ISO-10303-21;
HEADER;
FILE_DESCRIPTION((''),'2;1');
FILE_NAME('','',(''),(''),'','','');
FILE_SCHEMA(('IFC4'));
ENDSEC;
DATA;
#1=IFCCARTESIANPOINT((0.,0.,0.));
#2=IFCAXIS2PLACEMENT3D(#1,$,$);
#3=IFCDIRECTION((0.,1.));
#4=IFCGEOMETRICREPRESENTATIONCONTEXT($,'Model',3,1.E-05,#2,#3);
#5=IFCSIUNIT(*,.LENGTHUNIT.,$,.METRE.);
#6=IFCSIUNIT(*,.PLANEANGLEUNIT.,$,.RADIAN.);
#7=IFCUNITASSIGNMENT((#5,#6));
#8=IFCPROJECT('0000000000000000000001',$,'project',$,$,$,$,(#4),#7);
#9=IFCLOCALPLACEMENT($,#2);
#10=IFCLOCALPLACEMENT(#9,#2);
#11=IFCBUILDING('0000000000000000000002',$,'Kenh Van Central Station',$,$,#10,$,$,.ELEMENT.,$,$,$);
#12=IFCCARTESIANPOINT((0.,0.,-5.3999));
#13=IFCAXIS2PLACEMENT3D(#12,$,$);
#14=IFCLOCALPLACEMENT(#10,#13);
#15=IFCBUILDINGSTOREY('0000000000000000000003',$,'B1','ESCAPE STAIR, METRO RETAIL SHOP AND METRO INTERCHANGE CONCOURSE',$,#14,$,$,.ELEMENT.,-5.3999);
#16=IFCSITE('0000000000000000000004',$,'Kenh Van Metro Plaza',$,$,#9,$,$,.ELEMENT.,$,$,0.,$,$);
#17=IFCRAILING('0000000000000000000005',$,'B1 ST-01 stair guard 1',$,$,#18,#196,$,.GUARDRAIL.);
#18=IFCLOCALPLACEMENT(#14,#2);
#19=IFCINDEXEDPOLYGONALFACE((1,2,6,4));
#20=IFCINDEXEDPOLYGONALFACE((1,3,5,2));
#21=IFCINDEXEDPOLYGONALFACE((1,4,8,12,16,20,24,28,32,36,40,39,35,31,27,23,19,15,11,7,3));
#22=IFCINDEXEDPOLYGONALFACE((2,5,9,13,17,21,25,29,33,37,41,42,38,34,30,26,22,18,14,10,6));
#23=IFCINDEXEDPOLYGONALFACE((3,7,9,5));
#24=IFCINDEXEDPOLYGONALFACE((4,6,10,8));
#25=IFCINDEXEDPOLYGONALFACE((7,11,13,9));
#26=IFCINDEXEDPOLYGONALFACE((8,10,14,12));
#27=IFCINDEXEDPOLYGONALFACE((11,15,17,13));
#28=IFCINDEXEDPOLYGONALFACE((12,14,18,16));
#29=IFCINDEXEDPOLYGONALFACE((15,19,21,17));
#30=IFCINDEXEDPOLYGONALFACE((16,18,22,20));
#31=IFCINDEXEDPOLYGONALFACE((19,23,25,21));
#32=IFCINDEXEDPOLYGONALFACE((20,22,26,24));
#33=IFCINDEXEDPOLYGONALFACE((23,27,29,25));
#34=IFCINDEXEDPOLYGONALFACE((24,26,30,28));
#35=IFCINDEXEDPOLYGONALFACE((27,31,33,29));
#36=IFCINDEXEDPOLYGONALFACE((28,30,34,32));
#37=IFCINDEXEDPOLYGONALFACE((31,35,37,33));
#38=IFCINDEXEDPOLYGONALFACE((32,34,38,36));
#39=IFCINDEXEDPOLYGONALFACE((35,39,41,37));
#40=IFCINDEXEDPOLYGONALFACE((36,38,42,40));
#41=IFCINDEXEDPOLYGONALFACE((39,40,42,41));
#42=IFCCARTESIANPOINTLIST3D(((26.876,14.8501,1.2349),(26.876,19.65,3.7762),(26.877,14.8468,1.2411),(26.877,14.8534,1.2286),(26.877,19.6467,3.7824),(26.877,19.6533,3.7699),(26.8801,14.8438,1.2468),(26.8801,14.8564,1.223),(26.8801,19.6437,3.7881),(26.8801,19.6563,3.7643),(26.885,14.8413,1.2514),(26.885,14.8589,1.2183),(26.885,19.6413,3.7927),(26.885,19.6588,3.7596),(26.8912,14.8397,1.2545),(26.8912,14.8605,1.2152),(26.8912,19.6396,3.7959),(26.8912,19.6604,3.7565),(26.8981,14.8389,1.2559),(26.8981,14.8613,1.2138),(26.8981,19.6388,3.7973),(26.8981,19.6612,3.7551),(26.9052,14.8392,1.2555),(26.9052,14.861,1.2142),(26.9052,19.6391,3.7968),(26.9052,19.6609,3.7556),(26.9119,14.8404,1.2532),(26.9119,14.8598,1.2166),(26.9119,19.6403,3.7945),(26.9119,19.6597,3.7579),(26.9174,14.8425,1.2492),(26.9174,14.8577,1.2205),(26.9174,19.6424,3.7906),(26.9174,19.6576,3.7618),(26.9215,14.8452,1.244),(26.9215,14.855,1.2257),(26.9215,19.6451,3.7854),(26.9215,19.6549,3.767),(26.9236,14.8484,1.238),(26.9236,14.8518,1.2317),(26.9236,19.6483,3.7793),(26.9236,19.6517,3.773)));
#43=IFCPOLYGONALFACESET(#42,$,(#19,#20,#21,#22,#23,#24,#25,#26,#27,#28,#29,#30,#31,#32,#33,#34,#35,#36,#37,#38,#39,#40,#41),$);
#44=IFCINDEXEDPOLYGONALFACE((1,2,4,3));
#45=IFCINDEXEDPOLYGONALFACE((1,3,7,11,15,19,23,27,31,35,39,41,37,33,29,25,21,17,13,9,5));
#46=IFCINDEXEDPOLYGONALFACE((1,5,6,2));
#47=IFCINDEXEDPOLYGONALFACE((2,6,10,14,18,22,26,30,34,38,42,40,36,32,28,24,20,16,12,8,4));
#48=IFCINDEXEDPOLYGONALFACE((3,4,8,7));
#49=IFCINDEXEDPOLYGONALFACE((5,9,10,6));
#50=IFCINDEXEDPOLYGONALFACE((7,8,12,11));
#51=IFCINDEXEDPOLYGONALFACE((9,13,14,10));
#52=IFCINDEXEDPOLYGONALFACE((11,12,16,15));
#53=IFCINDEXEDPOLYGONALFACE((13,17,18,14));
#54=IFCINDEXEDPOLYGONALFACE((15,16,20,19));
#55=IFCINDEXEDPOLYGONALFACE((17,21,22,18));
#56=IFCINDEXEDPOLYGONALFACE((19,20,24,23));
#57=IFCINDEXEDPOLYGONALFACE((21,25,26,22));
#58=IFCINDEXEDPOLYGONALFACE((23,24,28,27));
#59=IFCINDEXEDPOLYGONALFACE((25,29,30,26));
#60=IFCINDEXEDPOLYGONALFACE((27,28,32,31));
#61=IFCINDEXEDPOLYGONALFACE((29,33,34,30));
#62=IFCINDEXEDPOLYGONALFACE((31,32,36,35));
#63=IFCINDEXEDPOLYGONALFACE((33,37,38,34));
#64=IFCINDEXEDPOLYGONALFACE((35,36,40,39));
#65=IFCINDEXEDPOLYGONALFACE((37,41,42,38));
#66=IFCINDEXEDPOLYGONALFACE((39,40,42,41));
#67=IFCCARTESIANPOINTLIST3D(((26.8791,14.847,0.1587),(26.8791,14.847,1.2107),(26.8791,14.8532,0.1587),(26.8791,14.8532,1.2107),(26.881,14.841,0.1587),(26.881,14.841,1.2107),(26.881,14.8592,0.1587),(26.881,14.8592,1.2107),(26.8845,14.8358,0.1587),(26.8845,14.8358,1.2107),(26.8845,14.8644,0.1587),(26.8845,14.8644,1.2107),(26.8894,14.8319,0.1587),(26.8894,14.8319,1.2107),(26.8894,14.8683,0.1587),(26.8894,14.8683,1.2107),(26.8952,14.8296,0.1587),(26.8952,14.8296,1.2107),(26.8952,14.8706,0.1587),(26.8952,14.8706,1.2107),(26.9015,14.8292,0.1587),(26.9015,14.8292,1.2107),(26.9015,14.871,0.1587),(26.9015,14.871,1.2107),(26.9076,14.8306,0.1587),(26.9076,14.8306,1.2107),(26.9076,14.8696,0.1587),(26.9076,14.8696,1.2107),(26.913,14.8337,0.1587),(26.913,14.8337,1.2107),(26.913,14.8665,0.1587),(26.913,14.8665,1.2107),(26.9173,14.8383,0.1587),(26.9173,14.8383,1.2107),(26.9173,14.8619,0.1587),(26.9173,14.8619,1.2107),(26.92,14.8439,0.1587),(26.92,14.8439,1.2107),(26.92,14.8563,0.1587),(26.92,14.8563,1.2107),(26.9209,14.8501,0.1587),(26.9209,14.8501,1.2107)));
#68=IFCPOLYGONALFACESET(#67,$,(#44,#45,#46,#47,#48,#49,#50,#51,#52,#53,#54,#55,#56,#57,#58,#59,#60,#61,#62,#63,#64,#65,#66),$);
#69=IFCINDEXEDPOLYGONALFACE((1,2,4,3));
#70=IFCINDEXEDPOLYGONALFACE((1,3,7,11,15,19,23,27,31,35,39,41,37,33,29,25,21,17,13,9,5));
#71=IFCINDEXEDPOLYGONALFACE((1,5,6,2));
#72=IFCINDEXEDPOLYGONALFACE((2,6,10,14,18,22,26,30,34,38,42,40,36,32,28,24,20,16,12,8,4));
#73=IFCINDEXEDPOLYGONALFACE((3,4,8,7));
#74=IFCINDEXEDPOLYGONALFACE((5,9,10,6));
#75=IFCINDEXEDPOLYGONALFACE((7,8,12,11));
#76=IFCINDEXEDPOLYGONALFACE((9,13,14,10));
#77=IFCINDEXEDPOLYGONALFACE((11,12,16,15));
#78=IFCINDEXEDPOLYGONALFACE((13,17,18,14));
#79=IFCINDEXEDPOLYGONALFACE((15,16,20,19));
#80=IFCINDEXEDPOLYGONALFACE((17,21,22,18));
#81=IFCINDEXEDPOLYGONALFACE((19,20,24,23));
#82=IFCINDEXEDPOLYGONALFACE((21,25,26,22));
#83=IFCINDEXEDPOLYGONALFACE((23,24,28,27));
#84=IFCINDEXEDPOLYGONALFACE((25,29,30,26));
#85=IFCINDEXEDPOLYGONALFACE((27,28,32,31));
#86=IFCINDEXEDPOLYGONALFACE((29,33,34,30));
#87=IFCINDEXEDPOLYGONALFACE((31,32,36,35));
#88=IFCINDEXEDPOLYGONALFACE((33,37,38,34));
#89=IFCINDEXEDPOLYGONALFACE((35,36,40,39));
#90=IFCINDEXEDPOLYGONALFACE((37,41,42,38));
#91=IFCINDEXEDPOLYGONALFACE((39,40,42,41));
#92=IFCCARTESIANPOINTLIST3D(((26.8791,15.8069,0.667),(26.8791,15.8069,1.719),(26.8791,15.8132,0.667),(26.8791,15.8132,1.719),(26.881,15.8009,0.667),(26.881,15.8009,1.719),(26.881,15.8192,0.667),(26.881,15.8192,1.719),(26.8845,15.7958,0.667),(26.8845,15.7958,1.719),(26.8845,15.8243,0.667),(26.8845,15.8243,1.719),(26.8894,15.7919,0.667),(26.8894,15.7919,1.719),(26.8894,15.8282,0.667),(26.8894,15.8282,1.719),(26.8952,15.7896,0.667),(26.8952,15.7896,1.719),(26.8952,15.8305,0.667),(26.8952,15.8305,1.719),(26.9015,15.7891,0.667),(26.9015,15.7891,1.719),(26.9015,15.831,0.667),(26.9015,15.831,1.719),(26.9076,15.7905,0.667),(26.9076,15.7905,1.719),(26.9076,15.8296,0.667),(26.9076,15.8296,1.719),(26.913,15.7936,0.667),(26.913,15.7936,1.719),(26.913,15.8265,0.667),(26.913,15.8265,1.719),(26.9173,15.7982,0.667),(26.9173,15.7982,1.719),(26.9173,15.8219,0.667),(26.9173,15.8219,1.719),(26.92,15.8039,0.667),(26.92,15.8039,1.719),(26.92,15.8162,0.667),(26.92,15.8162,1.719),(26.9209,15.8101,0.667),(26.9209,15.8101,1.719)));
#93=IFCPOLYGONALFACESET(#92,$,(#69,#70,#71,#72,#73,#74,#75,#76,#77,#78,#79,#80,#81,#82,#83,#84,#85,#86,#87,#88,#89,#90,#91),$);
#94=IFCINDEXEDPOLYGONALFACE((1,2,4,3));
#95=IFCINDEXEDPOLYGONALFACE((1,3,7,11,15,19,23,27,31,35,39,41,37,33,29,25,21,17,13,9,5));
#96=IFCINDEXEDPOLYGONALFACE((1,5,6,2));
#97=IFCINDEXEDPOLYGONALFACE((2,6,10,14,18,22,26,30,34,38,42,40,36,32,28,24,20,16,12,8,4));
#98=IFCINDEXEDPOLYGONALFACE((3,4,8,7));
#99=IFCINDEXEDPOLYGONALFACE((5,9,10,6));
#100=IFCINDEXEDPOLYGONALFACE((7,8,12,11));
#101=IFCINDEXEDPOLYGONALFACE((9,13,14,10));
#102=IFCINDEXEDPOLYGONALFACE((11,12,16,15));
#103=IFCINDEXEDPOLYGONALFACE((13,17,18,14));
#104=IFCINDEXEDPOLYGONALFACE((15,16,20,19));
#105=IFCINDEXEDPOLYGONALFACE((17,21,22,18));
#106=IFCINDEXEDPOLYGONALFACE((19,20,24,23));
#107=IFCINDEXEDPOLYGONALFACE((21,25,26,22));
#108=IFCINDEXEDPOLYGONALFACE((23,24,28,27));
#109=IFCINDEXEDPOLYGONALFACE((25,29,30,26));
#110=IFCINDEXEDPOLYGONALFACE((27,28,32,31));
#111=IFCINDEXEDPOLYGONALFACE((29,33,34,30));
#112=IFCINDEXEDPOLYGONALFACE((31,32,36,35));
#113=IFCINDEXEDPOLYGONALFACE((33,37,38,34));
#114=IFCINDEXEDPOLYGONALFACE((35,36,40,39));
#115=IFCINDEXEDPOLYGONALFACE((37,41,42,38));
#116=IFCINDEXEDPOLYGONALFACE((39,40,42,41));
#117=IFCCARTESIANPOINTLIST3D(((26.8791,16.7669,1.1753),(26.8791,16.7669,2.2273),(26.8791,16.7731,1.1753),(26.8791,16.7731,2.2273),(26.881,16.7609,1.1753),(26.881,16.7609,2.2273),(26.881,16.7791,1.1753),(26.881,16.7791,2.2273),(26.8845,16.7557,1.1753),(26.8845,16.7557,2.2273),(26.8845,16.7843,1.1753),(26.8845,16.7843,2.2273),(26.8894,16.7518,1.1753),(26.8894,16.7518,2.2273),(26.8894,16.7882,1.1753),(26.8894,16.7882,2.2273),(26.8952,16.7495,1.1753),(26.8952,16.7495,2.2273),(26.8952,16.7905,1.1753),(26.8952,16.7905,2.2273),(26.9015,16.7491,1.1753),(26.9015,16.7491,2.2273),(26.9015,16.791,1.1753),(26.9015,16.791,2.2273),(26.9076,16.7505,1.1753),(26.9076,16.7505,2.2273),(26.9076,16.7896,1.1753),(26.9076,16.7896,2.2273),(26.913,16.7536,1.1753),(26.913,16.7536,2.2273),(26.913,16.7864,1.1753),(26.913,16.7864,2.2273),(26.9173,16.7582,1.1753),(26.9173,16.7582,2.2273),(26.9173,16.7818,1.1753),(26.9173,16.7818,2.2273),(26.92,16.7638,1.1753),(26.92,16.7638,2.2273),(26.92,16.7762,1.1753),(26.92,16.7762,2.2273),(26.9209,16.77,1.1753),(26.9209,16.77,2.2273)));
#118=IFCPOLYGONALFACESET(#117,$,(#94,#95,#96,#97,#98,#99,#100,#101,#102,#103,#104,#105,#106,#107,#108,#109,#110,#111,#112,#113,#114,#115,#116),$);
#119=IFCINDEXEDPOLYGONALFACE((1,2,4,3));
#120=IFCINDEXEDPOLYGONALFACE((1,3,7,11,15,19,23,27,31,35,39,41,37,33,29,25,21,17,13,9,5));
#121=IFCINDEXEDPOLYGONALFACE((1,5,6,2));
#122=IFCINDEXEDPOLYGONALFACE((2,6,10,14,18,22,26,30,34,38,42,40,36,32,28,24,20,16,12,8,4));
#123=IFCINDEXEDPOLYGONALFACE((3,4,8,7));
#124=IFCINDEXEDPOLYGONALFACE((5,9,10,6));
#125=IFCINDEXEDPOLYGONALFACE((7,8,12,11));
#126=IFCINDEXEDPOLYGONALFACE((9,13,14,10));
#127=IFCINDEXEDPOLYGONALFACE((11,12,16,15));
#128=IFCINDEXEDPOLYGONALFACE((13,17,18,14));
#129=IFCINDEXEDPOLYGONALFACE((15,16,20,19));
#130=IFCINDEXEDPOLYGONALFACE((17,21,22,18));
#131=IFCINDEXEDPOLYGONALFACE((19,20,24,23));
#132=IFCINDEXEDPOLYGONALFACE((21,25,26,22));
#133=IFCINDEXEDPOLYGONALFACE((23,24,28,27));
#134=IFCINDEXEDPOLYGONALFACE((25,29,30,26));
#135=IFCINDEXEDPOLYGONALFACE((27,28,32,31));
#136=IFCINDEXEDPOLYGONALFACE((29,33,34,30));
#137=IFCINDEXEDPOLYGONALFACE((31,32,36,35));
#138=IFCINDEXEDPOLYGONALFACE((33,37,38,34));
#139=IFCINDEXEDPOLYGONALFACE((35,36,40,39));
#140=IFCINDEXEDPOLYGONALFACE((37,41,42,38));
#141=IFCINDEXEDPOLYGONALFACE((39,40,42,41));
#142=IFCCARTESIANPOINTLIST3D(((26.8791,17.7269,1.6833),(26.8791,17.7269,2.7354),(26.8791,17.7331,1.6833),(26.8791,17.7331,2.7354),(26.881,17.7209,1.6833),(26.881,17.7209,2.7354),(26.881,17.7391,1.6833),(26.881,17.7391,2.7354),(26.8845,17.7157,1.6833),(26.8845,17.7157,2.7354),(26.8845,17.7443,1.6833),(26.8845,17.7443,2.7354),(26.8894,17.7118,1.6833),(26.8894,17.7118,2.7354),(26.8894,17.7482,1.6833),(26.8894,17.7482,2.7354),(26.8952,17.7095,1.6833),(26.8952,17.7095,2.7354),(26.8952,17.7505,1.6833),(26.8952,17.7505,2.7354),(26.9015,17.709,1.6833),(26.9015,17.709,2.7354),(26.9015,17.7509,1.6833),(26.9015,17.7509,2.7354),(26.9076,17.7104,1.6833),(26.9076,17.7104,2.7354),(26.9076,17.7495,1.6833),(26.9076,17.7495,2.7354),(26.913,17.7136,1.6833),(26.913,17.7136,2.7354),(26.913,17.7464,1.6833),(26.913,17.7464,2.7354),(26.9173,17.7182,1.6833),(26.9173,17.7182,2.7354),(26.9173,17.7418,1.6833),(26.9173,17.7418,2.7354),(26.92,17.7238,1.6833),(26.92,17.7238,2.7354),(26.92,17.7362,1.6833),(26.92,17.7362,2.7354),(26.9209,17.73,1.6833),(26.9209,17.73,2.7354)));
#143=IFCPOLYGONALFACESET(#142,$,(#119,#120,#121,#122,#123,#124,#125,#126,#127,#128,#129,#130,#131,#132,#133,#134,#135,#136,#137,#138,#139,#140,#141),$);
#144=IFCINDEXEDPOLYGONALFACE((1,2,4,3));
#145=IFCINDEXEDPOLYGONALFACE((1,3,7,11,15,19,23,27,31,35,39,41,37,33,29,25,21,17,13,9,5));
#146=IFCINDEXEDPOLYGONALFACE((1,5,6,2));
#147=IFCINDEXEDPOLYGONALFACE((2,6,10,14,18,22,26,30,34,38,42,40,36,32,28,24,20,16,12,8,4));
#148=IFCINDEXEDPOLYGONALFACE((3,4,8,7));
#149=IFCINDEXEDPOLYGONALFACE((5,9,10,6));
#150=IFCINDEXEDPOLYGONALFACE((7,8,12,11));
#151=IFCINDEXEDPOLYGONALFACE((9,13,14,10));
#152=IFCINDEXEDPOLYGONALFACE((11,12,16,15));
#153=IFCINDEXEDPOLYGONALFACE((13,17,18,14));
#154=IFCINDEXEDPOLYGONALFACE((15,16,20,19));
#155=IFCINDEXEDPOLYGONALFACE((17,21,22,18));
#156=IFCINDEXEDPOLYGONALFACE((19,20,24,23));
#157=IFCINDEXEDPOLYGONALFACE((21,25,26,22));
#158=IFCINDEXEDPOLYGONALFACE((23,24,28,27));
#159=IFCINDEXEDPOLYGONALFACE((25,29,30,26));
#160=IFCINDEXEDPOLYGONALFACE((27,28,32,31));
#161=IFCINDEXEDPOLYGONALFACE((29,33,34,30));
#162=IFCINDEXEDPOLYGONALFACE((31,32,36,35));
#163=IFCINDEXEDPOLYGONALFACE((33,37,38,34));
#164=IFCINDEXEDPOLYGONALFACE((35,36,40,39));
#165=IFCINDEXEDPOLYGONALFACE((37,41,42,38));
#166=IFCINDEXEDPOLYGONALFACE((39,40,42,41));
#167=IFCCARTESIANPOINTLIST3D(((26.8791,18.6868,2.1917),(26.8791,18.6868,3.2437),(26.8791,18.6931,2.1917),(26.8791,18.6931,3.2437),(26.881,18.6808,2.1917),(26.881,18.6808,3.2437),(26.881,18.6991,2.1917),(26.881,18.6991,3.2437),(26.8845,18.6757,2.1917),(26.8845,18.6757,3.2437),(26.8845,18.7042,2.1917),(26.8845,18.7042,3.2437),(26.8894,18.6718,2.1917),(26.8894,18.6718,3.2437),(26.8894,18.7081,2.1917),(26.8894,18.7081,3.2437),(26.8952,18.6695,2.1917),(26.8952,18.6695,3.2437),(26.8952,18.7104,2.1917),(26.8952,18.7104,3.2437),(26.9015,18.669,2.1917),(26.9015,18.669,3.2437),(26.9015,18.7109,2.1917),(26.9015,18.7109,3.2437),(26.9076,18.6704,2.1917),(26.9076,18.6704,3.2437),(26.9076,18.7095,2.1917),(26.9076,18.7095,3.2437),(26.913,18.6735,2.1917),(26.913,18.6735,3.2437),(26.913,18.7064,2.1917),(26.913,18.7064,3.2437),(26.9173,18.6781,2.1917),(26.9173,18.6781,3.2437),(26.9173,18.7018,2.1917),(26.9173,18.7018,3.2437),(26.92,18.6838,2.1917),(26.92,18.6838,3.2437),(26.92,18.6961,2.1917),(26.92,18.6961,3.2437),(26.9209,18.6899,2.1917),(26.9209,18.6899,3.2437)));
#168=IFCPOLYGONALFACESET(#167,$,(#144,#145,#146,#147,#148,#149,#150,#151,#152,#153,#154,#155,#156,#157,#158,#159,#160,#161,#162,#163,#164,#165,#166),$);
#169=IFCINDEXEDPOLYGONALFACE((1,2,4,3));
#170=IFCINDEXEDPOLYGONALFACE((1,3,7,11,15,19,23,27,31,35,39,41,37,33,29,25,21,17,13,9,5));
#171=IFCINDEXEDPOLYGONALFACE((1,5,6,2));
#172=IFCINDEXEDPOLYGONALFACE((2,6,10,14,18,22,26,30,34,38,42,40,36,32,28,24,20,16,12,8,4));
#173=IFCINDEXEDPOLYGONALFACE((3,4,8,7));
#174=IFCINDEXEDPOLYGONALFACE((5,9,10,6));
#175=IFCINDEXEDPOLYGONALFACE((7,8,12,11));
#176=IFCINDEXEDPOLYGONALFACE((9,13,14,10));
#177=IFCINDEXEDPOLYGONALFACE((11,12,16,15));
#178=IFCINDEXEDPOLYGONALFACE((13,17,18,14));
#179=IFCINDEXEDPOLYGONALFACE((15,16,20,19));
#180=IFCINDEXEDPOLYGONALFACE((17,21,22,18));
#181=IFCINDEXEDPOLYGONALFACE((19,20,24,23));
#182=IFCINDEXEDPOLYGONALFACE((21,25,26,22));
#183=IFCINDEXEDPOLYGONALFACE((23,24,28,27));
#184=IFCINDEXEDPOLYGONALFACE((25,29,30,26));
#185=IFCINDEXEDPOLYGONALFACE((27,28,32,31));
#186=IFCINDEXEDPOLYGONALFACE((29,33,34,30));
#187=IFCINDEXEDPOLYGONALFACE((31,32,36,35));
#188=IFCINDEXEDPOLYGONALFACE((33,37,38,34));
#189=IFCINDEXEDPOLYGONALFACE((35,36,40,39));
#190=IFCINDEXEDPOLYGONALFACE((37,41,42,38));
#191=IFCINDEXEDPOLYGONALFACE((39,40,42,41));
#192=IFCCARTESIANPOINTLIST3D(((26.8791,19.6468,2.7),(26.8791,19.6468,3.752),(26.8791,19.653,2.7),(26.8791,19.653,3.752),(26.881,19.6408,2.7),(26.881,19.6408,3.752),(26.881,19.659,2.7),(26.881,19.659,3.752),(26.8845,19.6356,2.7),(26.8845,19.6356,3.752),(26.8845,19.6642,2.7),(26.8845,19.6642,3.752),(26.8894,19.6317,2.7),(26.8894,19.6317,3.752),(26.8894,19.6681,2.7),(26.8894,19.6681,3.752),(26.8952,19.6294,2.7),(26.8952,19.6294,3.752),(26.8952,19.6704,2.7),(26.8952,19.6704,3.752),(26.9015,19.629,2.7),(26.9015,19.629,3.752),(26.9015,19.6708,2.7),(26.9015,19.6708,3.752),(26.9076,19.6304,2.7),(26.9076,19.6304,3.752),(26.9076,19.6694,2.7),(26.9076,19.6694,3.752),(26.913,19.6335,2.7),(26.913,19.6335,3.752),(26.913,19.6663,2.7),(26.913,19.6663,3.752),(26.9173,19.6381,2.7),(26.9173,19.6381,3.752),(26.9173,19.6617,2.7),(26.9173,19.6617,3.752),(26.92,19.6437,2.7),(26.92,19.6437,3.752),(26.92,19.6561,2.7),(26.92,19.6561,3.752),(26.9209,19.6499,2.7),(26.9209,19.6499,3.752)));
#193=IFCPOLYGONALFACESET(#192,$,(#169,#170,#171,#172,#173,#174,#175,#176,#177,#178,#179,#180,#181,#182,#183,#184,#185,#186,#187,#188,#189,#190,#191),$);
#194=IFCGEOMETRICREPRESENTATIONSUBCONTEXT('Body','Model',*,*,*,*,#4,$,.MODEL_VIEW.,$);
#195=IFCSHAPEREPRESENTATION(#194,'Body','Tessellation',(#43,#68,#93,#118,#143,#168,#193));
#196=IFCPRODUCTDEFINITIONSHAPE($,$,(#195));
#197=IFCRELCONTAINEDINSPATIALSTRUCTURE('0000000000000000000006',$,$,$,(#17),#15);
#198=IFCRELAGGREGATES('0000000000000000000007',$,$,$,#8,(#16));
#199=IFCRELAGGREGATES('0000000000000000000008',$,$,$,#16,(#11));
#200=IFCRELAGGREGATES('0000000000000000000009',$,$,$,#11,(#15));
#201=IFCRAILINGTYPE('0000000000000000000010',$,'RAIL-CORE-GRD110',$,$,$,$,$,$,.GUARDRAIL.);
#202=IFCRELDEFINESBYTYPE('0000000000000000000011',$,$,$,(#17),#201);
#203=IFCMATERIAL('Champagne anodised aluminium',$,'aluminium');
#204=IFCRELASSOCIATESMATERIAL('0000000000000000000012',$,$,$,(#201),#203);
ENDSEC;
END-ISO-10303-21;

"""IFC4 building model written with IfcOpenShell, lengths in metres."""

from ifc_helpers import new_model, si_unit, direction, frame, origin, origin_2d, place, context, subcontext, project, spatial, circle, extrude, material, type_object, element, save


model = new_model("IFC4")

# Units and contexts
model_context = context("Model", 3, precision=1e-05, world=origin(), true_north=direction((0.0, 1.0)))
body_context = subcontext(model_context, "Body", "Model", "MODEL_VIEW")
ifc_project = project(units=[si_unit("LENGTHUNIT", "METRE"), si_unit("PLANEANGLEUNIT", "RADIAN")], contexts=[model_context])

# Site, building, storey
site_placement = place(None, origin())
site = spatial("IfcSite", under=ifc_project, at=site_placement, Name="Kenh Van Metro Plaza", CompositionType="ELEMENT", RefElevation=0.0)
building_placement = place(site_placement, origin())
building = spatial("IfcBuilding", under=site, at=building_placement, Name="Kenh Van Central Station", CompositionType="ELEMENT")
storey_placement = place(building_placement, frame((0.0, 0.0, -5.3999)))
storey = spatial("IfcBuildingStorey", under=building, at=storey_placement, Name="B1", Description="ESCAPE STAIR, METRO RETAIL SHOP AND METRO INTERCHANGE CONCOURSE", CompositionType="ELEMENT", Elevation=-5.3999)

# Shared definitions
ifc_material_1 = material(Name="Champagne anodised aluminium", Category="aluminium")

# Railing
railing_type_1 = type_object("IfcRailingType", Name="RAIL-CORE-GRD110", PredefinedType="GUARDRAIL", material=ifc_material_1)
railing_1_placement = place(storey_placement, frame((26.8999, 14.8501, 0.1587)))
element("IfcRailing", 1, at=railing_1_placement, inside=storey, type_object=railing_type_1, Name="B1 ST-01 stair guard 1", PredefinedType="GUARDRAIL", context=body_context, shape_type="SweptSolid", body=[
    extrude(circle(Radius=0.0239, at=origin_2d()), frame((0.0, 0.0, 1.0762), z_axis=(0.0, 0.883774, 0.467915), x_axis=(-1.0, 0.0, 0.0)), (0.0, 0.0, 1.0), 5.4312),
    extrude(circle(Radius=0.021, at=origin_2d()), origin(), (0.0, 0.0, 1.0), 1.052),
    extrude(circle(Radius=0.021, at=origin_2d()), frame((0.0, 0.96, 0.5083)), (0.0, 0.0, 1.0), 1.052),
    extrude(circle(Radius=0.021, at=origin_2d()), frame((0.0, 1.9199, 1.0166)), (0.0, 0.0, 1.0), 1.052),
    extrude(circle(Radius=0.021, at=origin_2d()), frame((0.0, 2.8799, 1.5247)), (0.0, 0.0, 1.0), 1.052),
    extrude(circle(Radius=0.021, at=origin_2d()), frame((0.0, 3.8398, 2.033)), (0.0, 0.0, 1.0), 1.052),
    extrude(circle(Radius=0.021, at=origin_2d()), frame((0.0, 4.7998, 2.5413)), (0.0, 0.0, 1.0), 1.052),
])

save(model, "model.ifc")
